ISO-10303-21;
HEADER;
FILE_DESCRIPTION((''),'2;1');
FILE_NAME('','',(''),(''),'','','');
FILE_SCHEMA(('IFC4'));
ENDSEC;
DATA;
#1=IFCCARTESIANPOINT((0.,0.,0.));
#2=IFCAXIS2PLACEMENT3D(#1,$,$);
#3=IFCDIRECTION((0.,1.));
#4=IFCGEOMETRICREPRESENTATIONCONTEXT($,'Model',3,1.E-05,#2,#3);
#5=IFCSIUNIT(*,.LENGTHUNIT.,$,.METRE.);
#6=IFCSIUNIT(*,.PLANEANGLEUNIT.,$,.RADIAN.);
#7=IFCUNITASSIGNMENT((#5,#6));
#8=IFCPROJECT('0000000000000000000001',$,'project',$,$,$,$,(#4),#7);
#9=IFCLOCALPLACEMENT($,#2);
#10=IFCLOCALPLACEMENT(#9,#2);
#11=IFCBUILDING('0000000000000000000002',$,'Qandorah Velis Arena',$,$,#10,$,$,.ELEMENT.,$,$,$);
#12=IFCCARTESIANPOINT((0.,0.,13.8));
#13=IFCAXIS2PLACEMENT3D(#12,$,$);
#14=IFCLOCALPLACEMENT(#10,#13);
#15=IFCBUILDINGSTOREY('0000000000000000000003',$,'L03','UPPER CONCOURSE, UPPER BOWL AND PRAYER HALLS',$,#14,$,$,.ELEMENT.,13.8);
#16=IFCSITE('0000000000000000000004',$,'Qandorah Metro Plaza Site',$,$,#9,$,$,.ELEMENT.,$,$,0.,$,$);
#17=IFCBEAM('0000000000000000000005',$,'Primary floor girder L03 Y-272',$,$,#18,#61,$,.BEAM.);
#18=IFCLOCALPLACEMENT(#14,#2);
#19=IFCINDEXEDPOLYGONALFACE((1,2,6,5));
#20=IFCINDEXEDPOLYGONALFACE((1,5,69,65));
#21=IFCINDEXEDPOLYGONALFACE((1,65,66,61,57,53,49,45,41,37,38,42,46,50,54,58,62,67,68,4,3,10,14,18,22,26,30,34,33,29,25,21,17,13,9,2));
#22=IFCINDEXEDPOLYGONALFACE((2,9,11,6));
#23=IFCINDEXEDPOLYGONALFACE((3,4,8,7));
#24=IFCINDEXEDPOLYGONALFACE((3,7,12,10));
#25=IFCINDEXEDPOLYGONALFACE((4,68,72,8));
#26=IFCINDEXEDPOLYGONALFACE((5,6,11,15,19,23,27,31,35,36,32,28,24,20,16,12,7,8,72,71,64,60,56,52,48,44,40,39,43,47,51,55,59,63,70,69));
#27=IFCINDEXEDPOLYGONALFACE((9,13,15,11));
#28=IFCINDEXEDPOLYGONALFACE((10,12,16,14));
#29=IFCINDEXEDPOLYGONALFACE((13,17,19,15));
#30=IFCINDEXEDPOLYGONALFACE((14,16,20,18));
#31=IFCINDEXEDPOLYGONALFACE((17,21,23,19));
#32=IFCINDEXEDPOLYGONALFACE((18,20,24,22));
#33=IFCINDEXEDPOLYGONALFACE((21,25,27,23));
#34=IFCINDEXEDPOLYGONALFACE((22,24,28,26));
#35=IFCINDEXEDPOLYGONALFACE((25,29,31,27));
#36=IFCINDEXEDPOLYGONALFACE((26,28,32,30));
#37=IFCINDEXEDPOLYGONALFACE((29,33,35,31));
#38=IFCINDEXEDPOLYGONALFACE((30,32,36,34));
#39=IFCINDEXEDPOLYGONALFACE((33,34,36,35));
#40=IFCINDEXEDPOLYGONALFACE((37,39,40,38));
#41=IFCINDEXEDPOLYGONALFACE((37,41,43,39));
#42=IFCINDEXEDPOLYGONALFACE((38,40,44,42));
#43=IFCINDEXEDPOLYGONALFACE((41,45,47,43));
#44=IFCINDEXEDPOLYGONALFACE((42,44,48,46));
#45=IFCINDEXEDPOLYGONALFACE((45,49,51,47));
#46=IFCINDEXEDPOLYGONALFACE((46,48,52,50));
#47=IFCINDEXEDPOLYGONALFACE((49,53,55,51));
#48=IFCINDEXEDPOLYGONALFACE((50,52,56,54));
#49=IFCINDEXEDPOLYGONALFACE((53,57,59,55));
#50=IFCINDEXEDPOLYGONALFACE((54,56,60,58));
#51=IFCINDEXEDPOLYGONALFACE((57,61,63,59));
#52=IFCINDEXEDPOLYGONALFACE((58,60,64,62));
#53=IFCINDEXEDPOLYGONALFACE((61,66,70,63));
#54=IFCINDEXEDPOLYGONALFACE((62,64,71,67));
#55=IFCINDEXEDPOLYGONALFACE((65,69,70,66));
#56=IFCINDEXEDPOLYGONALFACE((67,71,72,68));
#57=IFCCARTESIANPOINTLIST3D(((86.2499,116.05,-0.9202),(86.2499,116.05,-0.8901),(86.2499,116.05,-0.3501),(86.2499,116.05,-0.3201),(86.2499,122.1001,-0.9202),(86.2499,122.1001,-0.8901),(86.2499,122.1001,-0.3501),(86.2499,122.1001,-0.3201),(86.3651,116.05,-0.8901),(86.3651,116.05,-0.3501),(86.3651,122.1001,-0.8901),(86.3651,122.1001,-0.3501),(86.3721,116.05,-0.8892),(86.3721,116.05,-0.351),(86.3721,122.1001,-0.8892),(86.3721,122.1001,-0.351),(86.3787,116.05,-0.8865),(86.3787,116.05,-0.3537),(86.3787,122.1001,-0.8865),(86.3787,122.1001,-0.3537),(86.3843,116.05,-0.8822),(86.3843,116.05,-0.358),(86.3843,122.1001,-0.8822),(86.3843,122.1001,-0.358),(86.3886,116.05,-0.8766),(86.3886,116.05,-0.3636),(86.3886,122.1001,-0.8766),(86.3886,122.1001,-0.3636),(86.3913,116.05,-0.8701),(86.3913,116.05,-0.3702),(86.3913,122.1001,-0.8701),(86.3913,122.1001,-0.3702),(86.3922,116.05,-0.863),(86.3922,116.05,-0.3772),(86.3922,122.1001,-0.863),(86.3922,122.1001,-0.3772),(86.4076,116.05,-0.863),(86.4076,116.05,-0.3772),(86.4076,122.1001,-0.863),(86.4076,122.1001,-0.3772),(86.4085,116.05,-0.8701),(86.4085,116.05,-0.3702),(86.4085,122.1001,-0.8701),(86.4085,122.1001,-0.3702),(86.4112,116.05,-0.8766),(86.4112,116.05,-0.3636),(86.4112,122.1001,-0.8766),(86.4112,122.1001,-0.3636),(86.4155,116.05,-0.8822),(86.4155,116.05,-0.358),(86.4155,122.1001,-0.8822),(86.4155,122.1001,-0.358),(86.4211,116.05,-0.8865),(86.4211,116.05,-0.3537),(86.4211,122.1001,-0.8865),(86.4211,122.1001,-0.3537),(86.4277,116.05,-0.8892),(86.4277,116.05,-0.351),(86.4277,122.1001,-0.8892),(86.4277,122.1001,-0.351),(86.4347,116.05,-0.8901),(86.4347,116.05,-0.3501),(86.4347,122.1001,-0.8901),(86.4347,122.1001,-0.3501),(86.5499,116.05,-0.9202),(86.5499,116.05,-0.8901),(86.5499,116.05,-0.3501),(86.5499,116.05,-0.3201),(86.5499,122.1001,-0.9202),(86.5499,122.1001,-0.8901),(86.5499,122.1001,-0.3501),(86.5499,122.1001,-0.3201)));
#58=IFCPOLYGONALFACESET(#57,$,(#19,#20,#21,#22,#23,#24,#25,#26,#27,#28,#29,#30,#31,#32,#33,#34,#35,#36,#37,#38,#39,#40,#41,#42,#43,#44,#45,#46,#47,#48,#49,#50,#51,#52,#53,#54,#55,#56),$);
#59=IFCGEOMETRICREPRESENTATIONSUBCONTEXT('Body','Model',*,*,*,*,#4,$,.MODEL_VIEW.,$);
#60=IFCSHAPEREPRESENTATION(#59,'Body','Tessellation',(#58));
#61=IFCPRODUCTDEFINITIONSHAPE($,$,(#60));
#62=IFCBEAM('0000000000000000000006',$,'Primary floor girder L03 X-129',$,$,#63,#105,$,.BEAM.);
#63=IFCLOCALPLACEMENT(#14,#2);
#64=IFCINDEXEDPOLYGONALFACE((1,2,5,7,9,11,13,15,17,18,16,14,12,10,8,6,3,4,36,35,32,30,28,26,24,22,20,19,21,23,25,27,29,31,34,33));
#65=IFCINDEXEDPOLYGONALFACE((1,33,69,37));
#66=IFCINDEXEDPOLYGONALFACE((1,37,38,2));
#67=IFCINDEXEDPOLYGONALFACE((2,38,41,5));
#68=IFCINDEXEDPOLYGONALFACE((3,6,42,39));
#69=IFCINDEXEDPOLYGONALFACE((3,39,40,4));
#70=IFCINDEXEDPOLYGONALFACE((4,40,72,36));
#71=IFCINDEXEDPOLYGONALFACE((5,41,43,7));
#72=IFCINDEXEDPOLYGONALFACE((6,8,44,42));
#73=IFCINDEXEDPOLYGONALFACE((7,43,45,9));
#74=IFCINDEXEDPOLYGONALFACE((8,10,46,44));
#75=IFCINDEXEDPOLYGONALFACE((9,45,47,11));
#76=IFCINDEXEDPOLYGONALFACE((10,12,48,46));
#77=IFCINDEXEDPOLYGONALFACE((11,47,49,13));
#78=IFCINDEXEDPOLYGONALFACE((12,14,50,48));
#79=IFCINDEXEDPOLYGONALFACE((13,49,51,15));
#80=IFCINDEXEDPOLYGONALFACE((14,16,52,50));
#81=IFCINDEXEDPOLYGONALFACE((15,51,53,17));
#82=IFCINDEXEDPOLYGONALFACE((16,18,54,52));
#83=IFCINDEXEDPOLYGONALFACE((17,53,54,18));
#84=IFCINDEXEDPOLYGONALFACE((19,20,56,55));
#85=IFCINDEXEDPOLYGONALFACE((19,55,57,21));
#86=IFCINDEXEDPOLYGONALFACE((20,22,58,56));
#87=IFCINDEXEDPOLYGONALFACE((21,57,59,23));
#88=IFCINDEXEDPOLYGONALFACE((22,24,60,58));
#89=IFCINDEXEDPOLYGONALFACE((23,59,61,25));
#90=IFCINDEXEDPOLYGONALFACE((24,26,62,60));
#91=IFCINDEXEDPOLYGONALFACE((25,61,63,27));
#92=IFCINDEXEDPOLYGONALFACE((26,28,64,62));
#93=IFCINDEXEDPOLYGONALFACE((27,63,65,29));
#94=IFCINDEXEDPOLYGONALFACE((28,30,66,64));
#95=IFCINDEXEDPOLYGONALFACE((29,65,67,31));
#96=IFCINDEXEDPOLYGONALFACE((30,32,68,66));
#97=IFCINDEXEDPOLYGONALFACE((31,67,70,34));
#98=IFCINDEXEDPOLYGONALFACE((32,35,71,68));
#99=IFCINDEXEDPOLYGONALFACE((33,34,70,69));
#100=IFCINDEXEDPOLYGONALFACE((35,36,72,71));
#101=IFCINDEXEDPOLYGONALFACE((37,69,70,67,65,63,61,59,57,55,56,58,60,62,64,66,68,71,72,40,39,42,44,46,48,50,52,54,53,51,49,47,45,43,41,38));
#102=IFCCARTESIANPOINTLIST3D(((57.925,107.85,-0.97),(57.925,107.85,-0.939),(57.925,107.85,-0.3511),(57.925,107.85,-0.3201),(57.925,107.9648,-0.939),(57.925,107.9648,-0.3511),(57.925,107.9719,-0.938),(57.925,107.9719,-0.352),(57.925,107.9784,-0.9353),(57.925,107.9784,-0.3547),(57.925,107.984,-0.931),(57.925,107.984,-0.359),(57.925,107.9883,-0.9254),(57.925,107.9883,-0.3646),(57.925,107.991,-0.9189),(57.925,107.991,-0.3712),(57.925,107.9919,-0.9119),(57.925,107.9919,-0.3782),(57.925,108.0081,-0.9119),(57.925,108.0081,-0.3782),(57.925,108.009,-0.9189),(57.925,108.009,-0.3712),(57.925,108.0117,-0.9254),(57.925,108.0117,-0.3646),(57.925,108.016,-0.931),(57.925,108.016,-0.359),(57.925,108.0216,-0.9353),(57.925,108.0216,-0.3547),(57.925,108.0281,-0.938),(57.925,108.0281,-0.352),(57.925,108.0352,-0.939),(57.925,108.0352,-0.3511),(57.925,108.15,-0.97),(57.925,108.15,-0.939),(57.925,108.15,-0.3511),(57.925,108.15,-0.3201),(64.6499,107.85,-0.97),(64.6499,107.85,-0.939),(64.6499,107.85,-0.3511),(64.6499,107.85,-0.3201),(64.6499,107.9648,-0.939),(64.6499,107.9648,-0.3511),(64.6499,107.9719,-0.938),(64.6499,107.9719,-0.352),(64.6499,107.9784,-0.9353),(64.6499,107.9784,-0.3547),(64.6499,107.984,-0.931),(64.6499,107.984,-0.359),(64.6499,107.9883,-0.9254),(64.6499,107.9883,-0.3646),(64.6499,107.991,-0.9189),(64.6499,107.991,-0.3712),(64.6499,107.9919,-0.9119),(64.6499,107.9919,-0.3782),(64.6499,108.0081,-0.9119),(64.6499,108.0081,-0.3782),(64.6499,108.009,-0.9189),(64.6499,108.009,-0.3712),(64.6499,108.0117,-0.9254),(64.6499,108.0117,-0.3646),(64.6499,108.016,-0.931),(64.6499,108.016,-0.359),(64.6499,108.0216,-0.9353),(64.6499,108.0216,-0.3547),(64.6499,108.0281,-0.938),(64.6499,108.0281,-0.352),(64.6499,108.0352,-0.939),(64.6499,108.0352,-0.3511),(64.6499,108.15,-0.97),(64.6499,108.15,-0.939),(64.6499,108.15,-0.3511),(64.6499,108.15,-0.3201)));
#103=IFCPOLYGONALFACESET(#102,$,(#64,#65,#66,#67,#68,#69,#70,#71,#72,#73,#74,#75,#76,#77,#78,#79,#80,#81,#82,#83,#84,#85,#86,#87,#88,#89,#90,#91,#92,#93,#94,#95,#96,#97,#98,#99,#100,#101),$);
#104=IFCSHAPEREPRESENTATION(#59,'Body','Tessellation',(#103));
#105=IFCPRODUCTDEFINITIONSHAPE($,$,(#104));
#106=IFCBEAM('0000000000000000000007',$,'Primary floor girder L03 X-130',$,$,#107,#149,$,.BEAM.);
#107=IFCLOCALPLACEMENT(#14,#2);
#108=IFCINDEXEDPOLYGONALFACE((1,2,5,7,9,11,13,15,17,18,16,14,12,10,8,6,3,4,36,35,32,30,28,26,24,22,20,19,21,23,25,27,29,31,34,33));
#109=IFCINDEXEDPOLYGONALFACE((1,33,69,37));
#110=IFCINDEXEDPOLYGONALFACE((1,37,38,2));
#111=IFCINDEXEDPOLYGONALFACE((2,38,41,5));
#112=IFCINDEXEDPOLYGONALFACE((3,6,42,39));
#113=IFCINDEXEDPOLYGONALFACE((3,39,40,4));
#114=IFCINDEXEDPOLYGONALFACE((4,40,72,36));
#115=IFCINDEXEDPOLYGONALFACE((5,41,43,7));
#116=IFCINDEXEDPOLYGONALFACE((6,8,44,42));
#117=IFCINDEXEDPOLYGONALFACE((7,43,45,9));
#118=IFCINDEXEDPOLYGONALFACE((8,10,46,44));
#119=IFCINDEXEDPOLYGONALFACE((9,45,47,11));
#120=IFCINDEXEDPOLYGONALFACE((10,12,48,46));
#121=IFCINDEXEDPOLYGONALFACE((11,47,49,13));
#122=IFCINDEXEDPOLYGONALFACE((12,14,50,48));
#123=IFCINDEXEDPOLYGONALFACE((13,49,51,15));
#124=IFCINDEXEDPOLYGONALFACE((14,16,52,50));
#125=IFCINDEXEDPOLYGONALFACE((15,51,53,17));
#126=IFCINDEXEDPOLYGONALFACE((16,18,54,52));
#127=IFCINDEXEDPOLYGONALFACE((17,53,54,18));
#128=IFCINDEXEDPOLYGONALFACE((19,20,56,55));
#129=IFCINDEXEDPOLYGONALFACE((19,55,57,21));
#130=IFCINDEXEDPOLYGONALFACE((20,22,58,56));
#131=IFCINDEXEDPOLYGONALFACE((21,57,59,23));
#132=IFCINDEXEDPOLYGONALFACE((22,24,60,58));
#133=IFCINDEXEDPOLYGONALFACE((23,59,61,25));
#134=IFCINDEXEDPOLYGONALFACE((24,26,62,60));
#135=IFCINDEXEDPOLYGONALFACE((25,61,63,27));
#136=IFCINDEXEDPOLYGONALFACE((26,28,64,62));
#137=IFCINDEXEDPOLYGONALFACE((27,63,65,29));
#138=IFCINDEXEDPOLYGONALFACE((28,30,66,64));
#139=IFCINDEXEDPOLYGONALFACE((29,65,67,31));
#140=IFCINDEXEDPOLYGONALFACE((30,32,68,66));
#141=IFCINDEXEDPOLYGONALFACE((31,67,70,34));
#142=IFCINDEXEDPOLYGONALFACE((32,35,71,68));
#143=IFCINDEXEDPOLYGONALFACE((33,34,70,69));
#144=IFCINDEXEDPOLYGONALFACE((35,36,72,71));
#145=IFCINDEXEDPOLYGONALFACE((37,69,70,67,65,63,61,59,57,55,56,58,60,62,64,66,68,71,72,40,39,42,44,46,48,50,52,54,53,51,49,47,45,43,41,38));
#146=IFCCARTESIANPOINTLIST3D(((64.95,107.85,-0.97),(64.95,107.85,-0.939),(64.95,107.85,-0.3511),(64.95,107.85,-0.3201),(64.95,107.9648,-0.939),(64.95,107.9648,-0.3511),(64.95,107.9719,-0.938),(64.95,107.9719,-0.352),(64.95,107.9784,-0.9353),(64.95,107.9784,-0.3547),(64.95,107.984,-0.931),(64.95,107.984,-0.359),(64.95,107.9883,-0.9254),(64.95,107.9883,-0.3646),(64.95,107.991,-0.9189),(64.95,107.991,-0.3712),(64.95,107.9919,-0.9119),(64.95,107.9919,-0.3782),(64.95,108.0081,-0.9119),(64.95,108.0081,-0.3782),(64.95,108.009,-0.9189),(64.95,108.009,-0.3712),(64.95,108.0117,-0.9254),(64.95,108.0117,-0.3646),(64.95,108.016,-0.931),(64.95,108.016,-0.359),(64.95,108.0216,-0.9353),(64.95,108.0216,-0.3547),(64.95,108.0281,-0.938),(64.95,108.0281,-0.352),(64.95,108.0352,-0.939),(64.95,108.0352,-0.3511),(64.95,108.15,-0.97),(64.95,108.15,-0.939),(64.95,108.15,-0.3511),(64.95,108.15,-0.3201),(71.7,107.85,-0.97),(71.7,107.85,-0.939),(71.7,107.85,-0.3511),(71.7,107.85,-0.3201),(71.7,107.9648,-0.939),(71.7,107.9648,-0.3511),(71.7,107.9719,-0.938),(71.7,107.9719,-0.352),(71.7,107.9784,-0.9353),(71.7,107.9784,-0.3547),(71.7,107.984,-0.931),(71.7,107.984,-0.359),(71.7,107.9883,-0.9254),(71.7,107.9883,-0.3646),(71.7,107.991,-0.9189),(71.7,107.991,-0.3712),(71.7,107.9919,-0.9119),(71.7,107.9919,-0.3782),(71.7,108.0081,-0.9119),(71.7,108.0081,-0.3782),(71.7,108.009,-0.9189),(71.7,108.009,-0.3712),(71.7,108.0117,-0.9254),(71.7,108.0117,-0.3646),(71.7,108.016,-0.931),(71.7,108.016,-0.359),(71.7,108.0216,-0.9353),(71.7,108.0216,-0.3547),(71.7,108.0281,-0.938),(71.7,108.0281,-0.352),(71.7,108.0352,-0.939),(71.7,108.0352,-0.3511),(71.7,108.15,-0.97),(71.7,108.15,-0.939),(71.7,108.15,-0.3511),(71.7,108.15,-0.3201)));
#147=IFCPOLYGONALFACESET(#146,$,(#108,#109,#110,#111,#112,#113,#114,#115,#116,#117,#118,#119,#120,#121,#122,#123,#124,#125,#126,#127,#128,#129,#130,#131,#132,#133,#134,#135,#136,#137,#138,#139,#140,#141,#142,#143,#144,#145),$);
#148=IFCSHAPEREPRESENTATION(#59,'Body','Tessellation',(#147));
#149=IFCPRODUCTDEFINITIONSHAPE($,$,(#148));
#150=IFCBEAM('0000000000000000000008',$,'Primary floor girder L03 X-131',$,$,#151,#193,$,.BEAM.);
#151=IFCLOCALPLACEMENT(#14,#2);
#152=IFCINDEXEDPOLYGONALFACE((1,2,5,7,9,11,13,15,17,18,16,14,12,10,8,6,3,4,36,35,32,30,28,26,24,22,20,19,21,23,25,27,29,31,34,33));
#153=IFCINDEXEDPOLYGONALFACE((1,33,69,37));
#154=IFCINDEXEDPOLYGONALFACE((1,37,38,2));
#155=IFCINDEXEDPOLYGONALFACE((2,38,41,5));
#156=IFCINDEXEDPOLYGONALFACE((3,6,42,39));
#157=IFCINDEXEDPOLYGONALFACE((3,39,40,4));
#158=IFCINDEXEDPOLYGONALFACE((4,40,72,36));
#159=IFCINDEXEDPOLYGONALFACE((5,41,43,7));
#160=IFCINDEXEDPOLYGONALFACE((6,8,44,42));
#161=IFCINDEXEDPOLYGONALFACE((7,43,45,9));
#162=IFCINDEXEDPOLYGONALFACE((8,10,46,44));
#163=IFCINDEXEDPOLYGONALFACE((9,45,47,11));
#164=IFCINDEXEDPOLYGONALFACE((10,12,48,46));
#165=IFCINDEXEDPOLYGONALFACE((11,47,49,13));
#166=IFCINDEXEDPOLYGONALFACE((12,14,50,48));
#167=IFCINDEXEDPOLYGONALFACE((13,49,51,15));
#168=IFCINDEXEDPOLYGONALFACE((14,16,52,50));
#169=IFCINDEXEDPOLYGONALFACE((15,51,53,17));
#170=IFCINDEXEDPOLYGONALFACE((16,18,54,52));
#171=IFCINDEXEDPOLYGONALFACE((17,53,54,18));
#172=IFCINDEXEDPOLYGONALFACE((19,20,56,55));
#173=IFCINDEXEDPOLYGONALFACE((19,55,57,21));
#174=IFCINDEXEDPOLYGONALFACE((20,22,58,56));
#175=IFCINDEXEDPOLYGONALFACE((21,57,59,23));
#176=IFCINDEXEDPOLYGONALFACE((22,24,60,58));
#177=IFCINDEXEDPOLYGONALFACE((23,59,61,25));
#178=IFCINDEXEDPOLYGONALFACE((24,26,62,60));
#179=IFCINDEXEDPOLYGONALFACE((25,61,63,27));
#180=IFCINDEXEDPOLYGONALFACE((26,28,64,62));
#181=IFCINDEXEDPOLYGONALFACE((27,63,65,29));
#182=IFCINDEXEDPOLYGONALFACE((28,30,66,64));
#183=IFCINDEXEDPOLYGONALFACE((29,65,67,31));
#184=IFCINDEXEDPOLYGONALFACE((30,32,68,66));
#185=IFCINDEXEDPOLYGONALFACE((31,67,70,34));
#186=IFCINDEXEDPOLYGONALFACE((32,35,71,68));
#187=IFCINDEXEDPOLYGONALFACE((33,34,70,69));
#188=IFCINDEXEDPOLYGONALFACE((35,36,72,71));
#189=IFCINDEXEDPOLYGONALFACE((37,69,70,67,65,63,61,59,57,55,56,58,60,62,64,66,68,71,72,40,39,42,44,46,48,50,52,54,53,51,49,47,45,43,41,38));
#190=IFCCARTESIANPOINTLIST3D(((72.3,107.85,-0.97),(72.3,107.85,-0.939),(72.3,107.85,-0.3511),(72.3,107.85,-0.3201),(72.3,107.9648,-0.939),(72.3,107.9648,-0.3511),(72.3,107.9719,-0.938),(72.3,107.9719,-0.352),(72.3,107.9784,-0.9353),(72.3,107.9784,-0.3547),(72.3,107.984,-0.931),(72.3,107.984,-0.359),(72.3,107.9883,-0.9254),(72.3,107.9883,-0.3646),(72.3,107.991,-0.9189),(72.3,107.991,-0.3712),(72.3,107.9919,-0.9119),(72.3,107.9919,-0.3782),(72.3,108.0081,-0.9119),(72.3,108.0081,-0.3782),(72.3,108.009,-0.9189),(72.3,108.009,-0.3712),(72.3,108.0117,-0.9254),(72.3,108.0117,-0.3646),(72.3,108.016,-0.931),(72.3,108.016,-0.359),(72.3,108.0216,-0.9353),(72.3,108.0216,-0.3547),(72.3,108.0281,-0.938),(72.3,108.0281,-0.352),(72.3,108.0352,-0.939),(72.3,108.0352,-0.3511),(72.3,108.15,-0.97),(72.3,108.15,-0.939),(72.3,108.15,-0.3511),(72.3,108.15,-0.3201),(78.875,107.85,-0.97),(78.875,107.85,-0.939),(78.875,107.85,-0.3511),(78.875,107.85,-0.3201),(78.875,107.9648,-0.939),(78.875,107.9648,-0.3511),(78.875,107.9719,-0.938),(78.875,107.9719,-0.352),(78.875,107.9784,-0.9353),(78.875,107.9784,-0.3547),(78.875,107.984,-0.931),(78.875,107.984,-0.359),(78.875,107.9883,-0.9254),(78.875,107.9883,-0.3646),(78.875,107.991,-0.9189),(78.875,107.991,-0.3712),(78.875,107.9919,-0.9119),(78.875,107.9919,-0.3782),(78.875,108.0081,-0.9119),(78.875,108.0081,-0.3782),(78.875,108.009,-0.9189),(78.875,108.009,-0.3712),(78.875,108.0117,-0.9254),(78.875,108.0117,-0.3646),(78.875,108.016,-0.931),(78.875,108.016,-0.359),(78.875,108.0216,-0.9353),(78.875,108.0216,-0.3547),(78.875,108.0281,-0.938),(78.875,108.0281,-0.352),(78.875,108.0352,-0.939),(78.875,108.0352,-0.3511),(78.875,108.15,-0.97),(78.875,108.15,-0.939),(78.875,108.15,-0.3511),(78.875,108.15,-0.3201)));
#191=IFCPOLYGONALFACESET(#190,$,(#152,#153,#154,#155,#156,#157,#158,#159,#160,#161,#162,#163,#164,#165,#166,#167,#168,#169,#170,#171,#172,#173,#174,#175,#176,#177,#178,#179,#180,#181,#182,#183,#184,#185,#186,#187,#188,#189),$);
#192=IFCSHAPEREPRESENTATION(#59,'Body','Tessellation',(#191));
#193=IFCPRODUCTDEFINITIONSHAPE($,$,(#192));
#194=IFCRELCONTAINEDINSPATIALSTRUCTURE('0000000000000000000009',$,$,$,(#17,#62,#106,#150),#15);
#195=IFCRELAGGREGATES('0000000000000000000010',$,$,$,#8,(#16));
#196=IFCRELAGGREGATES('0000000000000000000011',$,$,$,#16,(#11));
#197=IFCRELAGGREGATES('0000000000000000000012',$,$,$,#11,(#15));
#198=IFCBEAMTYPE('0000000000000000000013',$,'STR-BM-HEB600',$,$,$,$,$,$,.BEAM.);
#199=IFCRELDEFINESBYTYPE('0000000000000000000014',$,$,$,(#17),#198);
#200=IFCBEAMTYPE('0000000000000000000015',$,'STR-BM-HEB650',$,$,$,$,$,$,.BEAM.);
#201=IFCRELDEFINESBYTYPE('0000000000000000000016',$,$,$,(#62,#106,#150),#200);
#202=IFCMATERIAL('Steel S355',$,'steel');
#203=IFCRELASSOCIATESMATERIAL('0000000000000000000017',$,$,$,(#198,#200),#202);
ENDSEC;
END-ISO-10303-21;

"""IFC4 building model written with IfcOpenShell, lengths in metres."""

from ifc_helpers import new_model, si_unit, direction, frame, origin, origin_2d, place, context, subcontext, project, spatial, i_section, extrude, material, material_profile, profile_set, type_object, element, save


model = new_model("IFC4")

# Units and contexts
model_context = context("Model", 3, precision=1e-05, world=origin(), true_north=direction((0.0, 1.0)))
body_context = subcontext(model_context, "Body", "Model", "MODEL_VIEW")
ifc_project = project(units=[si_unit("LENGTHUNIT", "METRE"), si_unit("PLANEANGLEUNIT", "RADIAN")], contexts=[model_context])

# Site, building, storey
site_placement = place(None, origin())
site = spatial("IfcSite", under=ifc_project, at=site_placement, Name="Qandorah Metro Plaza Site", CompositionType="ELEMENT", RefElevation=0.0)
building_placement = place(site_placement, origin())
building = spatial("IfcBuilding", under=site, at=building_placement, Name="Qandorah Velis Arena", CompositionType="ELEMENT")
storey_placement = place(building_placement, frame((0.0, 0.0, 13.8)))
storey = spatial("IfcBuildingStorey", under=building, at=storey_placement, Name="L03", Description="UPPER CONCOURSE, UPPER BOWL AND PRAYER HALLS", CompositionType="ELEMENT", Elevation=13.8)

# Beams
ifc_material_1 = material(Name="Steel S355", Category="steel")
ifc_material_profile_1 = material_profile(ifc_material_1, i_section(OverallWidth=0.3, OverallDepth=0.6001, WebThickness=0.0154, FlangeThickness=0.03, FilletRadius=0.0271, at=origin_2d()), Name="HEB 600")
ifc_profile_set_1 = profile_set([ifc_material_profile_1], Name="Steel S355")
beam_type_1 = type_object("IfcBeamType", Name="STR-BM-HEB600", PredefinedType="BEAM", material=ifc_profile_set_1)
beam_1_placement = place(storey_placement, frame((86.3999, 116.05, -0.6201), z_axis=(0.0, 1.0, 0.0), x_axis=(-1.0, 0.0, 0.0)))
element("IfcBeam", 1, at=beam_1_placement, inside=storey, type_object=beam_type_1, Name="Primary floor girder L03 Y-272", PredefinedType="BEAM", context=body_context, shape_type="SweptSolid", body=[
    extrude(i_section(OverallWidth=0.3, OverallDepth=0.6001, WebThickness=0.0154, FlangeThickness=0.03, FilletRadius=0.0271, at=origin_2d()), origin(), (0.0, 0.0, 1.0), 6.05),
])
ifc_material_profile_2 = material_profile(ifc_material_1, i_section(OverallWidth=0.3, OverallDepth=0.6499, WebThickness=0.0161, FlangeThickness=0.031, FilletRadius=0.0271, at=origin_2d()), Name="HEB 650")
ifc_profile_set_2 = profile_set([ifc_material_profile_2], Name="Steel S355")
beam_type_2 = type_object("IfcBeamType", Name="STR-BM-HEB650", PredefinedType="BEAM", material=ifc_profile_set_2)
beam_2_placement = place(storey_placement, frame((57.925, 108.0, -0.645), z_axis=(1.0, 0.0, 0.0), x_axis=(0.0, 1.0, 0.0)))
element("IfcBeam", 2, at=beam_2_placement, inside=storey, type_object=beam_type_2, Name="Primary floor girder L03 X-129", PredefinedType="BEAM", context=body_context, shape_type="SweptSolid", body=[
    extrude(i_section(OverallWidth=0.3, OverallDepth=0.6499, WebThickness=0.0161, FlangeThickness=0.031, FilletRadius=0.0271, at=origin_2d()), origin(), (0.0, 0.0, 1.0), 6.7249),
])
beam_3_placement = place(storey_placement, frame((64.95, 108.0, -0.645), z_axis=(1.0, 0.0, 0.0), x_axis=(0.0, 1.0, 0.0)))
element("IfcBeam", 3, at=beam_3_placement, inside=storey, type_object=beam_type_2, Name="Primary floor girder L03 X-130", PredefinedType="BEAM", context=body_context, shape_type="SweptSolid", body=[
    extrude(i_section(OverallWidth=0.3, OverallDepth=0.6499, WebThickness=0.0161, FlangeThickness=0.031, FilletRadius=0.0271, at=origin_2d()), origin(), (0.0, 0.0, 1.0), 6.75),
])
beam_4_placement = place(storey_placement, frame((72.3, 108.0, -0.645), z_axis=(1.0, 0.0, 0.0), x_axis=(0.0, 1.0, 0.0)))
element("IfcBeam", 4, at=beam_4_placement, inside=storey, type_object=beam_type_2, Name="Primary floor girder L03 X-131", PredefinedType="BEAM", context=body_context, shape_type="SweptSolid", body=[
    extrude(i_section(OverallWidth=0.3, OverallDepth=0.6499, WebThickness=0.0161, FlangeThickness=0.031, FilletRadius=0.0271, at=origin_2d()), origin(), (0.0, 0.0, 1.0), 6.575),
])

save(model, "model.ifc")
